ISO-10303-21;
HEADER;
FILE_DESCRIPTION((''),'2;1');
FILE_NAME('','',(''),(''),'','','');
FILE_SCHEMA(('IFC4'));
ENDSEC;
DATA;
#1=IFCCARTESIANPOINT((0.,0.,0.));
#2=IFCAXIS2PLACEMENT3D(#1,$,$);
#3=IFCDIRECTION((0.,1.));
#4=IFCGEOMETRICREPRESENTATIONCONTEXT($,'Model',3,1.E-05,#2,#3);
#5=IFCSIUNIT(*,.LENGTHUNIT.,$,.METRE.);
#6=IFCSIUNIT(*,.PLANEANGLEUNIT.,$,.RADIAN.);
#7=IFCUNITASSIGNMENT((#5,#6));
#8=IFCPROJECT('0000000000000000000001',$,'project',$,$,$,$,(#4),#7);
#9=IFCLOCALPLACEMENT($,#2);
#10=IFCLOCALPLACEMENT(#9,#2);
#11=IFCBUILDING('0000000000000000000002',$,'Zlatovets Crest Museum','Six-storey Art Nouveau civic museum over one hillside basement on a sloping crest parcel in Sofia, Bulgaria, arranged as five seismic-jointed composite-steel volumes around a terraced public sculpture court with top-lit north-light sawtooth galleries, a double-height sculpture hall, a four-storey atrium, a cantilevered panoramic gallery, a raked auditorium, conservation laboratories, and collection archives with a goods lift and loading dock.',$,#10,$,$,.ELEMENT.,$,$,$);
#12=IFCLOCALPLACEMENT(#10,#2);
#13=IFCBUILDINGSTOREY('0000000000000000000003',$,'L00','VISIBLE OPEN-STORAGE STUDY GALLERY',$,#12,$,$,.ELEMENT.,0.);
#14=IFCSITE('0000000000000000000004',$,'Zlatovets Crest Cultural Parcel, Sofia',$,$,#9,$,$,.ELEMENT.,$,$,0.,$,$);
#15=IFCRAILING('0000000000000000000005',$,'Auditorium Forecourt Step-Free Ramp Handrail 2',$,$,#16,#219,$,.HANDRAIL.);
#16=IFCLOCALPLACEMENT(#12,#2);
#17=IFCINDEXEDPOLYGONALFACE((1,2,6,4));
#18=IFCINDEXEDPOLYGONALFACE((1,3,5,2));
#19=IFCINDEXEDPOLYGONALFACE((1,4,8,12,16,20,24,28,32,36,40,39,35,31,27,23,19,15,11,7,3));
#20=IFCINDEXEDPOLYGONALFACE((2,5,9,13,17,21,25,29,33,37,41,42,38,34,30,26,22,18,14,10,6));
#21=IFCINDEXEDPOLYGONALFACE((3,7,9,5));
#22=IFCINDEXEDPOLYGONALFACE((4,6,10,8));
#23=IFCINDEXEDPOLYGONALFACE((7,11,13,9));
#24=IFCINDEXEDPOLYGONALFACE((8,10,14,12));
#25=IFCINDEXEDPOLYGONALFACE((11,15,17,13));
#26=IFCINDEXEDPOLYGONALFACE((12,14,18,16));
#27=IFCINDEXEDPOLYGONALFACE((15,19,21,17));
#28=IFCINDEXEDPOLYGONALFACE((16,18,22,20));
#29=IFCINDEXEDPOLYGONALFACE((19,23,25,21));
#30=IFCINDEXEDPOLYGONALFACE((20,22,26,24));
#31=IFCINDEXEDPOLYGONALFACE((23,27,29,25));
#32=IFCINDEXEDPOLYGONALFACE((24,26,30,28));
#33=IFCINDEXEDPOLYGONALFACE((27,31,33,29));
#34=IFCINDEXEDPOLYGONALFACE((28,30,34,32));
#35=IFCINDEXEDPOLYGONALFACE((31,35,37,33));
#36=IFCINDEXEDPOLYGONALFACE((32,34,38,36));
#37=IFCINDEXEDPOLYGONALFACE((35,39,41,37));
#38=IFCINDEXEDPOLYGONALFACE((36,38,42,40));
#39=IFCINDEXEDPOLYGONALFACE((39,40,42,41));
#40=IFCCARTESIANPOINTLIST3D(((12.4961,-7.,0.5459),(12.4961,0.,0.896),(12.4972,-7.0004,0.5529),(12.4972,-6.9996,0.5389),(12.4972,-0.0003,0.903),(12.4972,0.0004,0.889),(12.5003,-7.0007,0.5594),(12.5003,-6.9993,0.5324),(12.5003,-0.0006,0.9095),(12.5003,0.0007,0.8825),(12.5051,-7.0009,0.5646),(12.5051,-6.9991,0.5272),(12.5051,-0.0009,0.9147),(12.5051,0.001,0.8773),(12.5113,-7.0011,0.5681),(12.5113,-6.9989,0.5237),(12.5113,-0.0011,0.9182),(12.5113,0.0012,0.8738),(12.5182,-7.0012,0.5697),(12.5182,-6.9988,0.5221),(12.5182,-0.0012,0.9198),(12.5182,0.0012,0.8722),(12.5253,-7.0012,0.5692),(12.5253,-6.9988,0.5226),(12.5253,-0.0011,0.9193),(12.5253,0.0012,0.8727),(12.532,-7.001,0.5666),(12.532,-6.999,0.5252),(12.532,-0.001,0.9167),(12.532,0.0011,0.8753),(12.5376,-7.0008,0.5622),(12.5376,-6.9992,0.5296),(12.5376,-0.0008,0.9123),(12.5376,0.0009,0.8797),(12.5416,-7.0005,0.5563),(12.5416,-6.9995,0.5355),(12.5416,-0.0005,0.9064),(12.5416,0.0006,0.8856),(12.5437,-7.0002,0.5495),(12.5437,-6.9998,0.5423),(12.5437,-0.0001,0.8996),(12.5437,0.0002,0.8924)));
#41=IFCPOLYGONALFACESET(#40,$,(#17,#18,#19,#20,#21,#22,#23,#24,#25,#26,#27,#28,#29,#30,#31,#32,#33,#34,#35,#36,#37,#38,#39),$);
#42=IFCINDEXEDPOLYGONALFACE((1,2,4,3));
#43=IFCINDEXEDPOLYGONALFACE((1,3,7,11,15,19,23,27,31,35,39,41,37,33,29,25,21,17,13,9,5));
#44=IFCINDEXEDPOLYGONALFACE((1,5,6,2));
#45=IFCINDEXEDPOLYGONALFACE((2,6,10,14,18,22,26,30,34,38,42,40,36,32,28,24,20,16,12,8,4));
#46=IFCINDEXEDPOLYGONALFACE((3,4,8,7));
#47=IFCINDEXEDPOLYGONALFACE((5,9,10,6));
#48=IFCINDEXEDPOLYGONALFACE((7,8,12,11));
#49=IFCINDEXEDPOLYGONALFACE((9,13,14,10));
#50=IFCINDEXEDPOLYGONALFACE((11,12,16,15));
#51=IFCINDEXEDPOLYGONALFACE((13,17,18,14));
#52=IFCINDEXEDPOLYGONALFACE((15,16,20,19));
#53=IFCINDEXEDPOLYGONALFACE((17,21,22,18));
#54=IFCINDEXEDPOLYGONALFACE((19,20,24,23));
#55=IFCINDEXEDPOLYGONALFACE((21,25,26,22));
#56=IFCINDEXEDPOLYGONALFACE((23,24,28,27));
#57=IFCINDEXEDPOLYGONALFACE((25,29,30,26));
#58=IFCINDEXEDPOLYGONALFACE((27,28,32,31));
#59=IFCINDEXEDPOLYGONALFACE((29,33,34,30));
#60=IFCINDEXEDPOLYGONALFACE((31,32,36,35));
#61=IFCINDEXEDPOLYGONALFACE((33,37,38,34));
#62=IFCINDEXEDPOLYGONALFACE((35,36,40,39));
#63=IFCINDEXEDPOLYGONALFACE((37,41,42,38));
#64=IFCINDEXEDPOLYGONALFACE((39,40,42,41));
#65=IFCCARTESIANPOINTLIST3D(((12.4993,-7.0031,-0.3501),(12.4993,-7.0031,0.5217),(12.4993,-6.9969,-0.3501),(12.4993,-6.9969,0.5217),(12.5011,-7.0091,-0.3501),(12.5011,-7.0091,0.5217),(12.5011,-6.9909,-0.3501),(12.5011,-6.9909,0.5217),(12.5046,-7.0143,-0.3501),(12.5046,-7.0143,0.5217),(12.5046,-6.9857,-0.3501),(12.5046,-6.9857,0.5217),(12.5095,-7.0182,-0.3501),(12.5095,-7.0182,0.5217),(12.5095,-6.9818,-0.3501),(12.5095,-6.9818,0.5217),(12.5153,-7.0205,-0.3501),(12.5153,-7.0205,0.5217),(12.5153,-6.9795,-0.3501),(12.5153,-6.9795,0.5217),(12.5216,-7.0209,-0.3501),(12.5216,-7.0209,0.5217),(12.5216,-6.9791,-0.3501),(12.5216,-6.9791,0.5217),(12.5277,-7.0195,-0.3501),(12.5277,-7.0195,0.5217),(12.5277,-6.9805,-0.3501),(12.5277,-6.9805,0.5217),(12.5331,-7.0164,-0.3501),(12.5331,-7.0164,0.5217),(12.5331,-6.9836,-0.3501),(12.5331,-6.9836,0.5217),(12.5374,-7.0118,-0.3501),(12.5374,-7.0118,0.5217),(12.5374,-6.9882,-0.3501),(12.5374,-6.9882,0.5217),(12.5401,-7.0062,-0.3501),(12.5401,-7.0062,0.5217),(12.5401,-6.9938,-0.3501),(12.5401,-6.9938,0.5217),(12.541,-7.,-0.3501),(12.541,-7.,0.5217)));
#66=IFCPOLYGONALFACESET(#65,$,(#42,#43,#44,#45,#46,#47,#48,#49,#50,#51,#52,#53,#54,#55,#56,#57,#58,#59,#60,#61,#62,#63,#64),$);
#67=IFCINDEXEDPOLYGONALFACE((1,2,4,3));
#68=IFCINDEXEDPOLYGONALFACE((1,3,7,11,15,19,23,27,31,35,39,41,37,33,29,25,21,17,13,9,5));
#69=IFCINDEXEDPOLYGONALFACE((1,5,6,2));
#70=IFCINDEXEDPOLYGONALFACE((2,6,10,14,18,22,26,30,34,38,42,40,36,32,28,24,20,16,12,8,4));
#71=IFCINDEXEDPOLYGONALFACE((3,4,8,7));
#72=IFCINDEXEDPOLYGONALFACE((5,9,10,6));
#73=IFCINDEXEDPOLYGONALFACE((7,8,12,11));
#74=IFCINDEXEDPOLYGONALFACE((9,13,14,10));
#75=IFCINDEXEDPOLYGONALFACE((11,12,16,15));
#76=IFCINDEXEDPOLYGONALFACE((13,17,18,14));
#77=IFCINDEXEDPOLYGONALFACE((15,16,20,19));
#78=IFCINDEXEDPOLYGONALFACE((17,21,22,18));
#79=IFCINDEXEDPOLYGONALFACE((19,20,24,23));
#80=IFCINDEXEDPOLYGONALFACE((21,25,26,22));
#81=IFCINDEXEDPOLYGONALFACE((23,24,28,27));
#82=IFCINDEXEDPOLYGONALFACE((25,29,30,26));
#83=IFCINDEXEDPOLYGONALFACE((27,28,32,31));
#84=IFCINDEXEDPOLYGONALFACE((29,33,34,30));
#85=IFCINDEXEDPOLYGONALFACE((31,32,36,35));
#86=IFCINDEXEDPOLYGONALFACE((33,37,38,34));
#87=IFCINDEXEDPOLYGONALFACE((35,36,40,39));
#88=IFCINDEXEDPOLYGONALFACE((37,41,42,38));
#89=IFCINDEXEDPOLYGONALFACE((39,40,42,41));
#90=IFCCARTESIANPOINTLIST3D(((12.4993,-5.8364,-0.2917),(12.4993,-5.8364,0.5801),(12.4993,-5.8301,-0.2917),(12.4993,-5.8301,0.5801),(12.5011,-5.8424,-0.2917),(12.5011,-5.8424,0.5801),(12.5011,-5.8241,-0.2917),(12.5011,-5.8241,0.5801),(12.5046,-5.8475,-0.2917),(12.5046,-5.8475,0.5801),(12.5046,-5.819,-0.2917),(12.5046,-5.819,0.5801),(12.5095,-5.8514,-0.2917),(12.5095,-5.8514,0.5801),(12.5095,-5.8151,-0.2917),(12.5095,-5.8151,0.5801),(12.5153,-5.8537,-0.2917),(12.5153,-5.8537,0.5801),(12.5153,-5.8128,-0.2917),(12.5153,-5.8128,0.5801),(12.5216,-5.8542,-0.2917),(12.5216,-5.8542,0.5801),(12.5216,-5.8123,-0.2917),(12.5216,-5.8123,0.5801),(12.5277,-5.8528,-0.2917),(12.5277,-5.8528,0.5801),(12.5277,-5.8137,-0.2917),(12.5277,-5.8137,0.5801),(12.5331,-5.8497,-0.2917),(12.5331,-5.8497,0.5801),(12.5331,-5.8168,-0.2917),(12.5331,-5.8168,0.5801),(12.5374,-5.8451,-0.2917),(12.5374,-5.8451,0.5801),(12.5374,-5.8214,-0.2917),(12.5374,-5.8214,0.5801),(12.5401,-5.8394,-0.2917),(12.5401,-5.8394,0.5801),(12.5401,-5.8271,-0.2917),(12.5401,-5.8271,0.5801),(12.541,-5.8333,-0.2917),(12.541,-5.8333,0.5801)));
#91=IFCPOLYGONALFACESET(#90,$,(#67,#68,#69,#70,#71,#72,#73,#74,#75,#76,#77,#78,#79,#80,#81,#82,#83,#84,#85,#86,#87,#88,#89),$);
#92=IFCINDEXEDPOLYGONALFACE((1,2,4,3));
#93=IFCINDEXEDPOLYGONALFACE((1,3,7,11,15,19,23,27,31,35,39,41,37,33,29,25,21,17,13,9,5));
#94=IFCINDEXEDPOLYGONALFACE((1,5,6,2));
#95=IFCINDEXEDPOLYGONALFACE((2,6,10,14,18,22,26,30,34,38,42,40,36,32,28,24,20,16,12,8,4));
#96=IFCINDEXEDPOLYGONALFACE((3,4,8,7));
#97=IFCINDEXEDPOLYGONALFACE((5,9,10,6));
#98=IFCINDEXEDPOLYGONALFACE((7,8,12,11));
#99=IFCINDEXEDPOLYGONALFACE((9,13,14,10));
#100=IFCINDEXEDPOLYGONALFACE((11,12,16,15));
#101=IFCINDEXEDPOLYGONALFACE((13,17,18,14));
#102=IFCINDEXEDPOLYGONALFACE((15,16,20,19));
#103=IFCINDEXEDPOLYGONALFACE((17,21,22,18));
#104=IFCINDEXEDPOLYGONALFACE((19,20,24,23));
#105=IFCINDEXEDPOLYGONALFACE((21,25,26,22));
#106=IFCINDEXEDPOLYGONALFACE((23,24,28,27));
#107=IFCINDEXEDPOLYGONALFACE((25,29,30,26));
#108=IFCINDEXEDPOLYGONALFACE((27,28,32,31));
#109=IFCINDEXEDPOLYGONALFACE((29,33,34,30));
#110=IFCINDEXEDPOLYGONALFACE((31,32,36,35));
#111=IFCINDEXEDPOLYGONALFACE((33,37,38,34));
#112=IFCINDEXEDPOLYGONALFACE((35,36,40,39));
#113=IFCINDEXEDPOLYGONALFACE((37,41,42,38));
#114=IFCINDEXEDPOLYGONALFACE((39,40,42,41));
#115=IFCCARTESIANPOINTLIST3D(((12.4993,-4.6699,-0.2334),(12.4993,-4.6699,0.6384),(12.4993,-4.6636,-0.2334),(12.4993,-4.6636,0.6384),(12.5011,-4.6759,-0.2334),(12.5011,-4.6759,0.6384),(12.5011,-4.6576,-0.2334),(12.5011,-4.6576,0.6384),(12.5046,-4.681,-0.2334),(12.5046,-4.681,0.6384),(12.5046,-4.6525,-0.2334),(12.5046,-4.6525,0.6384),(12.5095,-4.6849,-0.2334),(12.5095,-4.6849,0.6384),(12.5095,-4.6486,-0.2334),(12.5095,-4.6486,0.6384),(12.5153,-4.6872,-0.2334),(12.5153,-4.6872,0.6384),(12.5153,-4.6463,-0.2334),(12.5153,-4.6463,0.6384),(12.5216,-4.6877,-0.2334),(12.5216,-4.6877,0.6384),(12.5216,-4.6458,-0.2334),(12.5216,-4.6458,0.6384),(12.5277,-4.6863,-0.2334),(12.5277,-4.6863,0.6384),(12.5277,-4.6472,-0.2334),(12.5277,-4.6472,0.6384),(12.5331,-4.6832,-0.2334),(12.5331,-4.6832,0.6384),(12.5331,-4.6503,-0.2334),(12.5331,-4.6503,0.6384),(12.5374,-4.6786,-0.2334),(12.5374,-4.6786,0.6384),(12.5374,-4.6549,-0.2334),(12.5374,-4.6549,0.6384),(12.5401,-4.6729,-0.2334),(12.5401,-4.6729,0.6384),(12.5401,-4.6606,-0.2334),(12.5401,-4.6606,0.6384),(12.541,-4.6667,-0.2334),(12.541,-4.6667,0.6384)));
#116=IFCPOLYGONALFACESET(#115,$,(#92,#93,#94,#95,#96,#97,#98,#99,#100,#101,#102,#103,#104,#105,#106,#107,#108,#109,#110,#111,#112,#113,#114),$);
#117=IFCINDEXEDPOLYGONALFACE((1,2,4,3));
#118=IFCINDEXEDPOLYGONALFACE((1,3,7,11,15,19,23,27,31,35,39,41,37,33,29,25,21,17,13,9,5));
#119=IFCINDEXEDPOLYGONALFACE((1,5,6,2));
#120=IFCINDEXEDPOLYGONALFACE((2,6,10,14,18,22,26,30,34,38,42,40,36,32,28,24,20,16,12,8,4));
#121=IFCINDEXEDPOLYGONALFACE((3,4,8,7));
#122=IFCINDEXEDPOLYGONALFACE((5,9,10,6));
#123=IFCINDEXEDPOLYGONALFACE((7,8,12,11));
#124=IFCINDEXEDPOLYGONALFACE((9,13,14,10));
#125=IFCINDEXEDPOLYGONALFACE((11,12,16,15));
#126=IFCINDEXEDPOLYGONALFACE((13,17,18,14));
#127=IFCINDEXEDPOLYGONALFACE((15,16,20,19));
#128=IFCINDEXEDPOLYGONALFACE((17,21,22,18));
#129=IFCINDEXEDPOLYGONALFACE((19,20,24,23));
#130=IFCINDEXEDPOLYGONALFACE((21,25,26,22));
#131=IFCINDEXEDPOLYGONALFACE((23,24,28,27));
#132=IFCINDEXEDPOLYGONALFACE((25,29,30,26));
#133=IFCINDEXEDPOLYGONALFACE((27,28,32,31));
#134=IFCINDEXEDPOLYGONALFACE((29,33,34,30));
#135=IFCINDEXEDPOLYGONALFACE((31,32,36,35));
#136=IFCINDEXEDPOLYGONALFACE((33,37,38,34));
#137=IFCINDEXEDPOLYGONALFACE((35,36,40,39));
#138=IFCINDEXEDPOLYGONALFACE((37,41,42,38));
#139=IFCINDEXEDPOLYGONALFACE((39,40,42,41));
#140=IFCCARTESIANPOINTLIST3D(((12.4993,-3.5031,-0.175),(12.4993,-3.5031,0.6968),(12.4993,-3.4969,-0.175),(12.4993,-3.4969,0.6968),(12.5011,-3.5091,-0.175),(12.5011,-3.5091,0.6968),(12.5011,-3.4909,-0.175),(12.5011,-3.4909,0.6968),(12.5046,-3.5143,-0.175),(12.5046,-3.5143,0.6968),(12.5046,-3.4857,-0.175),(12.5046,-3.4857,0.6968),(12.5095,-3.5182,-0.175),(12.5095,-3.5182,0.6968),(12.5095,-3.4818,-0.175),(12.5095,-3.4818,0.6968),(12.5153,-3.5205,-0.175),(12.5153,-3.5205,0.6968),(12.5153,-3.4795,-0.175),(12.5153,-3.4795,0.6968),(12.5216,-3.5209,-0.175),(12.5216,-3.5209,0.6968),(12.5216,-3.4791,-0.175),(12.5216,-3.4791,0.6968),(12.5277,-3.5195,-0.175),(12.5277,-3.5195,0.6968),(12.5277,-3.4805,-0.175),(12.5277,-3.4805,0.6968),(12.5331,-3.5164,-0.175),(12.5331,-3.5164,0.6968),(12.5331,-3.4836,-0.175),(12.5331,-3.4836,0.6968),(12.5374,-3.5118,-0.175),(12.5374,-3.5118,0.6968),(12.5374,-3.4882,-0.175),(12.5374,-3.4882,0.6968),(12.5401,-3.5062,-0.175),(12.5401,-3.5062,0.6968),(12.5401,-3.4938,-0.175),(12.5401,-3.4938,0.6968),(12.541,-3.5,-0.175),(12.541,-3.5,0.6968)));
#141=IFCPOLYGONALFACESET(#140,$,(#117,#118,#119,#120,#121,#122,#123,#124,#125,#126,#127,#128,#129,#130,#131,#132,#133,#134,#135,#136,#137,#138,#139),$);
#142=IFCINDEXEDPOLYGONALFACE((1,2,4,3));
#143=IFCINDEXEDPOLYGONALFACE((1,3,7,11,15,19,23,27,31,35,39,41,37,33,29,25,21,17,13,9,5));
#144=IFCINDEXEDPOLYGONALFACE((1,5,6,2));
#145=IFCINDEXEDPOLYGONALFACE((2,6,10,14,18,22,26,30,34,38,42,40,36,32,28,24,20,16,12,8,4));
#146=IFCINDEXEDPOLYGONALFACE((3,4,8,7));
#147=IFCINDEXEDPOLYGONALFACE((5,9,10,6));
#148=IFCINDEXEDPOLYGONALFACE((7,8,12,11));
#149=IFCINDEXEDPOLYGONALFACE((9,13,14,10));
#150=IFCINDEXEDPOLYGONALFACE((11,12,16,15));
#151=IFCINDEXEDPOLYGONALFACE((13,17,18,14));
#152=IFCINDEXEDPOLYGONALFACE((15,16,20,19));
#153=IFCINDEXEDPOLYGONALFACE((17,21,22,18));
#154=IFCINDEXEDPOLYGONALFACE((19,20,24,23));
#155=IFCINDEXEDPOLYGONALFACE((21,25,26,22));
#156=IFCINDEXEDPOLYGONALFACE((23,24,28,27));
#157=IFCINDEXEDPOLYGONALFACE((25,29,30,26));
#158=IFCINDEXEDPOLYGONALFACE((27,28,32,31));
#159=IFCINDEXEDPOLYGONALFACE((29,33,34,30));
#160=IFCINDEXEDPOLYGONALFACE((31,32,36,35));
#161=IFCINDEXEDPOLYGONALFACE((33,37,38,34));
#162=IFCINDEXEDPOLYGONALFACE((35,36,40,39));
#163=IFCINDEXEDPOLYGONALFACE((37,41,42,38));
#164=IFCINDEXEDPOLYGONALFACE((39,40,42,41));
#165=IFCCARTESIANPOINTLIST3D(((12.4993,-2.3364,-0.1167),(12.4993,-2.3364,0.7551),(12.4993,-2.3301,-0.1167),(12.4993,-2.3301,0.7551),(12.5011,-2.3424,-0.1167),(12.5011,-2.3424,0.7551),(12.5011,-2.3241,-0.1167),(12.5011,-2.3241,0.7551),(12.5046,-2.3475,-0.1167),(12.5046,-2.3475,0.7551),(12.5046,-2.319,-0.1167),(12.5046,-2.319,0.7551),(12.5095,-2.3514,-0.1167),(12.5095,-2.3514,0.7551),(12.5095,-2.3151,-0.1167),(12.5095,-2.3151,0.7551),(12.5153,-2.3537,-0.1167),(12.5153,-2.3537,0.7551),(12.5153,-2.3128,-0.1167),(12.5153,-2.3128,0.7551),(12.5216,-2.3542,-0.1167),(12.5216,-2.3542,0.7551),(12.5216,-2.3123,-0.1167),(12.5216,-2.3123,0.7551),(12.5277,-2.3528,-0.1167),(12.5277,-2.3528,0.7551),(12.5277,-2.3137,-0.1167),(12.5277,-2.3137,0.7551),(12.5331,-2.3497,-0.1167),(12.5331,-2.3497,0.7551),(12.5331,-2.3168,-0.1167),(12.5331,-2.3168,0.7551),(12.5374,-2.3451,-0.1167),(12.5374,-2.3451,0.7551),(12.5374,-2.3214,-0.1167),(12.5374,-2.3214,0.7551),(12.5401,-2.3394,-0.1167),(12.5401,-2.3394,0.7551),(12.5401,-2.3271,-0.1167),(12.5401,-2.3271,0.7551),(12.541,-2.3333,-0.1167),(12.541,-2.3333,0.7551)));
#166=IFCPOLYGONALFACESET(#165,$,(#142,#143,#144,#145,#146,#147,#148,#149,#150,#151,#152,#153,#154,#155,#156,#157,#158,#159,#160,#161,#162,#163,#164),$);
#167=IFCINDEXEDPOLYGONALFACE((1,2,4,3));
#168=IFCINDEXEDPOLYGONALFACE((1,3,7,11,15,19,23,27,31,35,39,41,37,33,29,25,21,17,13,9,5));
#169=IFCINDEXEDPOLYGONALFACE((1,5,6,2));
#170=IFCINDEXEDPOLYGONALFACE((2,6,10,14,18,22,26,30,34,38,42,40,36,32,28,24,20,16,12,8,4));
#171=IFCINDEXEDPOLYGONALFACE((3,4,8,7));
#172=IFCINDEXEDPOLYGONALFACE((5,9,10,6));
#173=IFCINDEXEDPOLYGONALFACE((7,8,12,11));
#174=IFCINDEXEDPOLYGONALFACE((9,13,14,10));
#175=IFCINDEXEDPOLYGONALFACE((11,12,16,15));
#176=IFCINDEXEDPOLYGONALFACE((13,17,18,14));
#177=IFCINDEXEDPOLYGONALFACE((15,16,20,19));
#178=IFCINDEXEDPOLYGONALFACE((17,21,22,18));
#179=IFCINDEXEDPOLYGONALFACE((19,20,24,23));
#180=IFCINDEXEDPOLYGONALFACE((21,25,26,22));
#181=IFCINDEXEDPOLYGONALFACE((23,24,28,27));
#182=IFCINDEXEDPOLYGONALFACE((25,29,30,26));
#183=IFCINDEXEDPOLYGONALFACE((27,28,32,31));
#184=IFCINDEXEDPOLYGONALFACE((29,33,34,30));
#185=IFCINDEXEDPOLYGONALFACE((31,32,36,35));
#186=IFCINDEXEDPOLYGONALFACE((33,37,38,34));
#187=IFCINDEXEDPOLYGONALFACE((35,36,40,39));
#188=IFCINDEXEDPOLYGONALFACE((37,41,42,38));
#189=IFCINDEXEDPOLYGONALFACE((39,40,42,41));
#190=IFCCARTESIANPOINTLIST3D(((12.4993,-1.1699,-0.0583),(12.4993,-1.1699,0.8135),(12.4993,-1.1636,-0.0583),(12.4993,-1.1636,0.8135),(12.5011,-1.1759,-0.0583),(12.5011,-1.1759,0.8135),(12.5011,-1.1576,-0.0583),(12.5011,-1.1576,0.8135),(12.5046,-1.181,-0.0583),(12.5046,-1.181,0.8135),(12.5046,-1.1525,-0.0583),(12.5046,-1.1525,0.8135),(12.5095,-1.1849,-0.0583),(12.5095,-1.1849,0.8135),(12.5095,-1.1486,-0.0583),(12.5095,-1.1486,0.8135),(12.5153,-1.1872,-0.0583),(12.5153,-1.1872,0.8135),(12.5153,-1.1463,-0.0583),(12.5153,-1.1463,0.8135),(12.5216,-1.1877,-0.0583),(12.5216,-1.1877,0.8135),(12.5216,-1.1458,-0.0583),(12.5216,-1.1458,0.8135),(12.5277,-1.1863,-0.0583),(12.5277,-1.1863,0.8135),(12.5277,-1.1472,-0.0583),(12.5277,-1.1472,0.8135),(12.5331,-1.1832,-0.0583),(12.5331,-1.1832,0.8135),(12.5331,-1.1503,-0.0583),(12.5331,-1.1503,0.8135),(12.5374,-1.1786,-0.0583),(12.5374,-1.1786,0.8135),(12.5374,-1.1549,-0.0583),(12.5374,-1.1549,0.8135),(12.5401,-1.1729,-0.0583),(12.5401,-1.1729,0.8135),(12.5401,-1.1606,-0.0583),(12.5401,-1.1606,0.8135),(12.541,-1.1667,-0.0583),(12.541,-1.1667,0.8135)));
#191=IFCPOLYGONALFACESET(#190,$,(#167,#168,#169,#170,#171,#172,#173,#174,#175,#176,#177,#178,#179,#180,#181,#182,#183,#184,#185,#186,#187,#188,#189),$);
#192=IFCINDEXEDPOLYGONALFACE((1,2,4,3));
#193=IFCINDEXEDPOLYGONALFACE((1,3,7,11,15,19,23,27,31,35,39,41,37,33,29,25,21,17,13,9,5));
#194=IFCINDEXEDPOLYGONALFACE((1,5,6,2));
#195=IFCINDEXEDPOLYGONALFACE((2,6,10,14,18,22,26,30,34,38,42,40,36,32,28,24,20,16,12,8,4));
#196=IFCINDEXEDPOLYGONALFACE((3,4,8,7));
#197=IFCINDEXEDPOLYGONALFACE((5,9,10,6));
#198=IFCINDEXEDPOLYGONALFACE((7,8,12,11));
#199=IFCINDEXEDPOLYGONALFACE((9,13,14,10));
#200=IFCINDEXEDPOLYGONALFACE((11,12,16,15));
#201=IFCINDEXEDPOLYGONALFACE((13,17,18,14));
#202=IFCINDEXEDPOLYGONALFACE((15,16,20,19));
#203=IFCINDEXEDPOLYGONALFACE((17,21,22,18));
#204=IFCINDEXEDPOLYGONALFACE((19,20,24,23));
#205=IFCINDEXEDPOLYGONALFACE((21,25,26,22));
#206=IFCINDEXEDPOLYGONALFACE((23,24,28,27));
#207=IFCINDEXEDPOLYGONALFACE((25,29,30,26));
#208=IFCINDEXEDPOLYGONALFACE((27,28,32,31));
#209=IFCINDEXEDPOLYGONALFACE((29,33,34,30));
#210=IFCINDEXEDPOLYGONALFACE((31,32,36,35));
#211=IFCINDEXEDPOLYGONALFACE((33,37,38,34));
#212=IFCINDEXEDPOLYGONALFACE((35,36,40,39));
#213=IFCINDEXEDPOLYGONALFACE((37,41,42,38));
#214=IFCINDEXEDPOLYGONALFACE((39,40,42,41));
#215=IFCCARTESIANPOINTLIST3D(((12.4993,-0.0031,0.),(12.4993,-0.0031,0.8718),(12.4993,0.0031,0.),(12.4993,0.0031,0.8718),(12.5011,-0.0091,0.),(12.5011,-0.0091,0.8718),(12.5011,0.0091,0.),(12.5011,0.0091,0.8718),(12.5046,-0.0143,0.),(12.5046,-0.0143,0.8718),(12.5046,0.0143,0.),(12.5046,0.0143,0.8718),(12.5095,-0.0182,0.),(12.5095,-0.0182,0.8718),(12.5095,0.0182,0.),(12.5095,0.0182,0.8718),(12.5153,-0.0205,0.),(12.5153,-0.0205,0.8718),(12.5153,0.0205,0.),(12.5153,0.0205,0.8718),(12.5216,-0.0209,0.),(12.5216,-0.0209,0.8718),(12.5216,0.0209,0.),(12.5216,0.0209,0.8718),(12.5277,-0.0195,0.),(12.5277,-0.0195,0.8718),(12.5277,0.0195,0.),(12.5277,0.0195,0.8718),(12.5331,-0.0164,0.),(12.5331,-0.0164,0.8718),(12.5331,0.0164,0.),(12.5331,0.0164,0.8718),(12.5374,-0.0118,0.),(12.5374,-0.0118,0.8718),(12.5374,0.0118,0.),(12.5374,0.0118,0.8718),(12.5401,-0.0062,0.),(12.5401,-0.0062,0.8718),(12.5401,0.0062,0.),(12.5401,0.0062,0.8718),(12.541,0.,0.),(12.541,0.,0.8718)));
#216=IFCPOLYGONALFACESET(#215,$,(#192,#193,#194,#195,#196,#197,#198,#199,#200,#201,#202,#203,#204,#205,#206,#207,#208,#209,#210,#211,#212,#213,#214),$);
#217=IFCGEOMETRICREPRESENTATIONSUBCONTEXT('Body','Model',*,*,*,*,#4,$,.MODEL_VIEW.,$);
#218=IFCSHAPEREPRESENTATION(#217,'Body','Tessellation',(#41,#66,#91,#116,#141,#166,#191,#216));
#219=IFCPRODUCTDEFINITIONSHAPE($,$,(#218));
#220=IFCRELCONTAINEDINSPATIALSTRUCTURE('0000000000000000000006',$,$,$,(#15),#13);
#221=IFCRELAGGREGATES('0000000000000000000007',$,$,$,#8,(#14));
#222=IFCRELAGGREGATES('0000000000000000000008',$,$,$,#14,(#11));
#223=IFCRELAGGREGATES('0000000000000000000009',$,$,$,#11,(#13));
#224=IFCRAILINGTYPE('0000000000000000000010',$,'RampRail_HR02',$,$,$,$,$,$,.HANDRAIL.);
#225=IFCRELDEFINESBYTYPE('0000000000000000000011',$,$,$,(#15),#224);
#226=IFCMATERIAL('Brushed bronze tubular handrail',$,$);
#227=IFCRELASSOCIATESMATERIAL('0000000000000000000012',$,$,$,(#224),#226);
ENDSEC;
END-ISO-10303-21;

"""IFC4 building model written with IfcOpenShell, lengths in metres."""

from ifc_helpers import new_model, si_unit, direction, frame, origin, origin_2d, place, context, subcontext, project, spatial, circle, extrude, material, type_object, element, save


model = new_model("IFC4")

# Units and contexts
model_context = context("Model", 3, precision=1e-05, world=origin(), true_north=direction((0.0, 1.0)))
body_context = subcontext(model_context, "Body", "Model", "MODEL_VIEW")
ifc_project = project(units=[si_unit("LENGTHUNIT", "METRE"), si_unit("PLANEANGLEUNIT", "RADIAN")], contexts=[model_context])

# Site, building, storey
site_placement = place(None, origin())
site = spatial("IfcSite", under=ifc_project, at=site_placement, Name="Zlatovets Crest Cultural Parcel, Sofia", CompositionType="ELEMENT", RefElevation=0.0)
building_placement = place(site_placement, origin())
building = spatial("IfcBuilding", under=site, at=building_placement, Name="Zlatovets Crest Museum", Description="Six-storey Art Nouveau civic museum over one hillside basement on a sloping crest parcel in Sofia, Bulgaria, arranged as five seismic-jointed composite-steel volumes around a terraced public sculpture court with top-lit north-light sawtooth galleries, a double-height sculpture hall, a four-storey atrium, a cantilevered panoramic gallery, a raked auditorium, conservation laboratories, and collection archives with a goods lift and loading dock.", CompositionType="ELEMENT")
storey_placement = place(building_placement, origin())
storey = spatial("IfcBuildingStorey", under=building, at=storey_placement, Name="L00", Description="VISIBLE OPEN-STORAGE STUDY GALLERY", CompositionType="ELEMENT", Elevation=0.0)

# Railing
ifc_material_1 = material(Name="Brushed bronze tubular handrail")
railing_type_1 = type_object("IfcRailingType", Name="RampRail_HR02", PredefinedType="HANDRAIL", material=ifc_material_1)
for number, where, name in (
    (1, (12.52, -7.0, -0.3501), "Auditorium Forecourt Step-Free Ramp Handrail 2"),
):
    element("IfcRailing", number, at=place(storey_placement, frame(where)), inside=storey, type_object=railing_type_1, Name=name, PredefinedType="HANDRAIL", context=body_context, shape_type="SweptSolid", body=[
        extrude(circle(Radius=0.0239, at=origin_2d()), frame((0.0, 0.0, 0.896), z_axis=(0.0, 0.998752, 0.049952), x_axis=(-1.0, 0.0, 0.0)), (0.0, 0.0, 1.0), 7.0088),
        extrude(circle(Radius=0.021, at=origin_2d()), origin(), (0.0, 0.0, 1.0), 0.8718),
        extrude(circle(Radius=0.021, at=origin_2d()), frame((0.0, 1.1667, 0.0583)), (0.0, 0.0, 1.0), 0.8718),
        extrude(circle(Radius=0.021, at=origin_2d()), frame((0.0, 2.3333, 0.1167)), (0.0, 0.0, 1.0), 0.8718),
        extrude(circle(Radius=0.021, at=origin_2d()), frame((0.0, 3.5, 0.175)), (0.0, 0.0, 1.0), 0.8718),
        extrude(circle(Radius=0.021, at=origin_2d()), frame((0.0, 4.6667, 0.2334)), (0.0, 0.0, 1.0), 0.8718),
        extrude(circle(Radius=0.021, at=origin_2d()), frame((0.0, 5.8333, 0.2917)), (0.0, 0.0, 1.0), 0.8718),
        extrude(circle(Radius=0.021, at=origin_2d()), frame((0.0, 7.0, 0.3501)), (0.0, 0.0, 1.0), 0.8718),
    ])

save(model, "model.ifc")
